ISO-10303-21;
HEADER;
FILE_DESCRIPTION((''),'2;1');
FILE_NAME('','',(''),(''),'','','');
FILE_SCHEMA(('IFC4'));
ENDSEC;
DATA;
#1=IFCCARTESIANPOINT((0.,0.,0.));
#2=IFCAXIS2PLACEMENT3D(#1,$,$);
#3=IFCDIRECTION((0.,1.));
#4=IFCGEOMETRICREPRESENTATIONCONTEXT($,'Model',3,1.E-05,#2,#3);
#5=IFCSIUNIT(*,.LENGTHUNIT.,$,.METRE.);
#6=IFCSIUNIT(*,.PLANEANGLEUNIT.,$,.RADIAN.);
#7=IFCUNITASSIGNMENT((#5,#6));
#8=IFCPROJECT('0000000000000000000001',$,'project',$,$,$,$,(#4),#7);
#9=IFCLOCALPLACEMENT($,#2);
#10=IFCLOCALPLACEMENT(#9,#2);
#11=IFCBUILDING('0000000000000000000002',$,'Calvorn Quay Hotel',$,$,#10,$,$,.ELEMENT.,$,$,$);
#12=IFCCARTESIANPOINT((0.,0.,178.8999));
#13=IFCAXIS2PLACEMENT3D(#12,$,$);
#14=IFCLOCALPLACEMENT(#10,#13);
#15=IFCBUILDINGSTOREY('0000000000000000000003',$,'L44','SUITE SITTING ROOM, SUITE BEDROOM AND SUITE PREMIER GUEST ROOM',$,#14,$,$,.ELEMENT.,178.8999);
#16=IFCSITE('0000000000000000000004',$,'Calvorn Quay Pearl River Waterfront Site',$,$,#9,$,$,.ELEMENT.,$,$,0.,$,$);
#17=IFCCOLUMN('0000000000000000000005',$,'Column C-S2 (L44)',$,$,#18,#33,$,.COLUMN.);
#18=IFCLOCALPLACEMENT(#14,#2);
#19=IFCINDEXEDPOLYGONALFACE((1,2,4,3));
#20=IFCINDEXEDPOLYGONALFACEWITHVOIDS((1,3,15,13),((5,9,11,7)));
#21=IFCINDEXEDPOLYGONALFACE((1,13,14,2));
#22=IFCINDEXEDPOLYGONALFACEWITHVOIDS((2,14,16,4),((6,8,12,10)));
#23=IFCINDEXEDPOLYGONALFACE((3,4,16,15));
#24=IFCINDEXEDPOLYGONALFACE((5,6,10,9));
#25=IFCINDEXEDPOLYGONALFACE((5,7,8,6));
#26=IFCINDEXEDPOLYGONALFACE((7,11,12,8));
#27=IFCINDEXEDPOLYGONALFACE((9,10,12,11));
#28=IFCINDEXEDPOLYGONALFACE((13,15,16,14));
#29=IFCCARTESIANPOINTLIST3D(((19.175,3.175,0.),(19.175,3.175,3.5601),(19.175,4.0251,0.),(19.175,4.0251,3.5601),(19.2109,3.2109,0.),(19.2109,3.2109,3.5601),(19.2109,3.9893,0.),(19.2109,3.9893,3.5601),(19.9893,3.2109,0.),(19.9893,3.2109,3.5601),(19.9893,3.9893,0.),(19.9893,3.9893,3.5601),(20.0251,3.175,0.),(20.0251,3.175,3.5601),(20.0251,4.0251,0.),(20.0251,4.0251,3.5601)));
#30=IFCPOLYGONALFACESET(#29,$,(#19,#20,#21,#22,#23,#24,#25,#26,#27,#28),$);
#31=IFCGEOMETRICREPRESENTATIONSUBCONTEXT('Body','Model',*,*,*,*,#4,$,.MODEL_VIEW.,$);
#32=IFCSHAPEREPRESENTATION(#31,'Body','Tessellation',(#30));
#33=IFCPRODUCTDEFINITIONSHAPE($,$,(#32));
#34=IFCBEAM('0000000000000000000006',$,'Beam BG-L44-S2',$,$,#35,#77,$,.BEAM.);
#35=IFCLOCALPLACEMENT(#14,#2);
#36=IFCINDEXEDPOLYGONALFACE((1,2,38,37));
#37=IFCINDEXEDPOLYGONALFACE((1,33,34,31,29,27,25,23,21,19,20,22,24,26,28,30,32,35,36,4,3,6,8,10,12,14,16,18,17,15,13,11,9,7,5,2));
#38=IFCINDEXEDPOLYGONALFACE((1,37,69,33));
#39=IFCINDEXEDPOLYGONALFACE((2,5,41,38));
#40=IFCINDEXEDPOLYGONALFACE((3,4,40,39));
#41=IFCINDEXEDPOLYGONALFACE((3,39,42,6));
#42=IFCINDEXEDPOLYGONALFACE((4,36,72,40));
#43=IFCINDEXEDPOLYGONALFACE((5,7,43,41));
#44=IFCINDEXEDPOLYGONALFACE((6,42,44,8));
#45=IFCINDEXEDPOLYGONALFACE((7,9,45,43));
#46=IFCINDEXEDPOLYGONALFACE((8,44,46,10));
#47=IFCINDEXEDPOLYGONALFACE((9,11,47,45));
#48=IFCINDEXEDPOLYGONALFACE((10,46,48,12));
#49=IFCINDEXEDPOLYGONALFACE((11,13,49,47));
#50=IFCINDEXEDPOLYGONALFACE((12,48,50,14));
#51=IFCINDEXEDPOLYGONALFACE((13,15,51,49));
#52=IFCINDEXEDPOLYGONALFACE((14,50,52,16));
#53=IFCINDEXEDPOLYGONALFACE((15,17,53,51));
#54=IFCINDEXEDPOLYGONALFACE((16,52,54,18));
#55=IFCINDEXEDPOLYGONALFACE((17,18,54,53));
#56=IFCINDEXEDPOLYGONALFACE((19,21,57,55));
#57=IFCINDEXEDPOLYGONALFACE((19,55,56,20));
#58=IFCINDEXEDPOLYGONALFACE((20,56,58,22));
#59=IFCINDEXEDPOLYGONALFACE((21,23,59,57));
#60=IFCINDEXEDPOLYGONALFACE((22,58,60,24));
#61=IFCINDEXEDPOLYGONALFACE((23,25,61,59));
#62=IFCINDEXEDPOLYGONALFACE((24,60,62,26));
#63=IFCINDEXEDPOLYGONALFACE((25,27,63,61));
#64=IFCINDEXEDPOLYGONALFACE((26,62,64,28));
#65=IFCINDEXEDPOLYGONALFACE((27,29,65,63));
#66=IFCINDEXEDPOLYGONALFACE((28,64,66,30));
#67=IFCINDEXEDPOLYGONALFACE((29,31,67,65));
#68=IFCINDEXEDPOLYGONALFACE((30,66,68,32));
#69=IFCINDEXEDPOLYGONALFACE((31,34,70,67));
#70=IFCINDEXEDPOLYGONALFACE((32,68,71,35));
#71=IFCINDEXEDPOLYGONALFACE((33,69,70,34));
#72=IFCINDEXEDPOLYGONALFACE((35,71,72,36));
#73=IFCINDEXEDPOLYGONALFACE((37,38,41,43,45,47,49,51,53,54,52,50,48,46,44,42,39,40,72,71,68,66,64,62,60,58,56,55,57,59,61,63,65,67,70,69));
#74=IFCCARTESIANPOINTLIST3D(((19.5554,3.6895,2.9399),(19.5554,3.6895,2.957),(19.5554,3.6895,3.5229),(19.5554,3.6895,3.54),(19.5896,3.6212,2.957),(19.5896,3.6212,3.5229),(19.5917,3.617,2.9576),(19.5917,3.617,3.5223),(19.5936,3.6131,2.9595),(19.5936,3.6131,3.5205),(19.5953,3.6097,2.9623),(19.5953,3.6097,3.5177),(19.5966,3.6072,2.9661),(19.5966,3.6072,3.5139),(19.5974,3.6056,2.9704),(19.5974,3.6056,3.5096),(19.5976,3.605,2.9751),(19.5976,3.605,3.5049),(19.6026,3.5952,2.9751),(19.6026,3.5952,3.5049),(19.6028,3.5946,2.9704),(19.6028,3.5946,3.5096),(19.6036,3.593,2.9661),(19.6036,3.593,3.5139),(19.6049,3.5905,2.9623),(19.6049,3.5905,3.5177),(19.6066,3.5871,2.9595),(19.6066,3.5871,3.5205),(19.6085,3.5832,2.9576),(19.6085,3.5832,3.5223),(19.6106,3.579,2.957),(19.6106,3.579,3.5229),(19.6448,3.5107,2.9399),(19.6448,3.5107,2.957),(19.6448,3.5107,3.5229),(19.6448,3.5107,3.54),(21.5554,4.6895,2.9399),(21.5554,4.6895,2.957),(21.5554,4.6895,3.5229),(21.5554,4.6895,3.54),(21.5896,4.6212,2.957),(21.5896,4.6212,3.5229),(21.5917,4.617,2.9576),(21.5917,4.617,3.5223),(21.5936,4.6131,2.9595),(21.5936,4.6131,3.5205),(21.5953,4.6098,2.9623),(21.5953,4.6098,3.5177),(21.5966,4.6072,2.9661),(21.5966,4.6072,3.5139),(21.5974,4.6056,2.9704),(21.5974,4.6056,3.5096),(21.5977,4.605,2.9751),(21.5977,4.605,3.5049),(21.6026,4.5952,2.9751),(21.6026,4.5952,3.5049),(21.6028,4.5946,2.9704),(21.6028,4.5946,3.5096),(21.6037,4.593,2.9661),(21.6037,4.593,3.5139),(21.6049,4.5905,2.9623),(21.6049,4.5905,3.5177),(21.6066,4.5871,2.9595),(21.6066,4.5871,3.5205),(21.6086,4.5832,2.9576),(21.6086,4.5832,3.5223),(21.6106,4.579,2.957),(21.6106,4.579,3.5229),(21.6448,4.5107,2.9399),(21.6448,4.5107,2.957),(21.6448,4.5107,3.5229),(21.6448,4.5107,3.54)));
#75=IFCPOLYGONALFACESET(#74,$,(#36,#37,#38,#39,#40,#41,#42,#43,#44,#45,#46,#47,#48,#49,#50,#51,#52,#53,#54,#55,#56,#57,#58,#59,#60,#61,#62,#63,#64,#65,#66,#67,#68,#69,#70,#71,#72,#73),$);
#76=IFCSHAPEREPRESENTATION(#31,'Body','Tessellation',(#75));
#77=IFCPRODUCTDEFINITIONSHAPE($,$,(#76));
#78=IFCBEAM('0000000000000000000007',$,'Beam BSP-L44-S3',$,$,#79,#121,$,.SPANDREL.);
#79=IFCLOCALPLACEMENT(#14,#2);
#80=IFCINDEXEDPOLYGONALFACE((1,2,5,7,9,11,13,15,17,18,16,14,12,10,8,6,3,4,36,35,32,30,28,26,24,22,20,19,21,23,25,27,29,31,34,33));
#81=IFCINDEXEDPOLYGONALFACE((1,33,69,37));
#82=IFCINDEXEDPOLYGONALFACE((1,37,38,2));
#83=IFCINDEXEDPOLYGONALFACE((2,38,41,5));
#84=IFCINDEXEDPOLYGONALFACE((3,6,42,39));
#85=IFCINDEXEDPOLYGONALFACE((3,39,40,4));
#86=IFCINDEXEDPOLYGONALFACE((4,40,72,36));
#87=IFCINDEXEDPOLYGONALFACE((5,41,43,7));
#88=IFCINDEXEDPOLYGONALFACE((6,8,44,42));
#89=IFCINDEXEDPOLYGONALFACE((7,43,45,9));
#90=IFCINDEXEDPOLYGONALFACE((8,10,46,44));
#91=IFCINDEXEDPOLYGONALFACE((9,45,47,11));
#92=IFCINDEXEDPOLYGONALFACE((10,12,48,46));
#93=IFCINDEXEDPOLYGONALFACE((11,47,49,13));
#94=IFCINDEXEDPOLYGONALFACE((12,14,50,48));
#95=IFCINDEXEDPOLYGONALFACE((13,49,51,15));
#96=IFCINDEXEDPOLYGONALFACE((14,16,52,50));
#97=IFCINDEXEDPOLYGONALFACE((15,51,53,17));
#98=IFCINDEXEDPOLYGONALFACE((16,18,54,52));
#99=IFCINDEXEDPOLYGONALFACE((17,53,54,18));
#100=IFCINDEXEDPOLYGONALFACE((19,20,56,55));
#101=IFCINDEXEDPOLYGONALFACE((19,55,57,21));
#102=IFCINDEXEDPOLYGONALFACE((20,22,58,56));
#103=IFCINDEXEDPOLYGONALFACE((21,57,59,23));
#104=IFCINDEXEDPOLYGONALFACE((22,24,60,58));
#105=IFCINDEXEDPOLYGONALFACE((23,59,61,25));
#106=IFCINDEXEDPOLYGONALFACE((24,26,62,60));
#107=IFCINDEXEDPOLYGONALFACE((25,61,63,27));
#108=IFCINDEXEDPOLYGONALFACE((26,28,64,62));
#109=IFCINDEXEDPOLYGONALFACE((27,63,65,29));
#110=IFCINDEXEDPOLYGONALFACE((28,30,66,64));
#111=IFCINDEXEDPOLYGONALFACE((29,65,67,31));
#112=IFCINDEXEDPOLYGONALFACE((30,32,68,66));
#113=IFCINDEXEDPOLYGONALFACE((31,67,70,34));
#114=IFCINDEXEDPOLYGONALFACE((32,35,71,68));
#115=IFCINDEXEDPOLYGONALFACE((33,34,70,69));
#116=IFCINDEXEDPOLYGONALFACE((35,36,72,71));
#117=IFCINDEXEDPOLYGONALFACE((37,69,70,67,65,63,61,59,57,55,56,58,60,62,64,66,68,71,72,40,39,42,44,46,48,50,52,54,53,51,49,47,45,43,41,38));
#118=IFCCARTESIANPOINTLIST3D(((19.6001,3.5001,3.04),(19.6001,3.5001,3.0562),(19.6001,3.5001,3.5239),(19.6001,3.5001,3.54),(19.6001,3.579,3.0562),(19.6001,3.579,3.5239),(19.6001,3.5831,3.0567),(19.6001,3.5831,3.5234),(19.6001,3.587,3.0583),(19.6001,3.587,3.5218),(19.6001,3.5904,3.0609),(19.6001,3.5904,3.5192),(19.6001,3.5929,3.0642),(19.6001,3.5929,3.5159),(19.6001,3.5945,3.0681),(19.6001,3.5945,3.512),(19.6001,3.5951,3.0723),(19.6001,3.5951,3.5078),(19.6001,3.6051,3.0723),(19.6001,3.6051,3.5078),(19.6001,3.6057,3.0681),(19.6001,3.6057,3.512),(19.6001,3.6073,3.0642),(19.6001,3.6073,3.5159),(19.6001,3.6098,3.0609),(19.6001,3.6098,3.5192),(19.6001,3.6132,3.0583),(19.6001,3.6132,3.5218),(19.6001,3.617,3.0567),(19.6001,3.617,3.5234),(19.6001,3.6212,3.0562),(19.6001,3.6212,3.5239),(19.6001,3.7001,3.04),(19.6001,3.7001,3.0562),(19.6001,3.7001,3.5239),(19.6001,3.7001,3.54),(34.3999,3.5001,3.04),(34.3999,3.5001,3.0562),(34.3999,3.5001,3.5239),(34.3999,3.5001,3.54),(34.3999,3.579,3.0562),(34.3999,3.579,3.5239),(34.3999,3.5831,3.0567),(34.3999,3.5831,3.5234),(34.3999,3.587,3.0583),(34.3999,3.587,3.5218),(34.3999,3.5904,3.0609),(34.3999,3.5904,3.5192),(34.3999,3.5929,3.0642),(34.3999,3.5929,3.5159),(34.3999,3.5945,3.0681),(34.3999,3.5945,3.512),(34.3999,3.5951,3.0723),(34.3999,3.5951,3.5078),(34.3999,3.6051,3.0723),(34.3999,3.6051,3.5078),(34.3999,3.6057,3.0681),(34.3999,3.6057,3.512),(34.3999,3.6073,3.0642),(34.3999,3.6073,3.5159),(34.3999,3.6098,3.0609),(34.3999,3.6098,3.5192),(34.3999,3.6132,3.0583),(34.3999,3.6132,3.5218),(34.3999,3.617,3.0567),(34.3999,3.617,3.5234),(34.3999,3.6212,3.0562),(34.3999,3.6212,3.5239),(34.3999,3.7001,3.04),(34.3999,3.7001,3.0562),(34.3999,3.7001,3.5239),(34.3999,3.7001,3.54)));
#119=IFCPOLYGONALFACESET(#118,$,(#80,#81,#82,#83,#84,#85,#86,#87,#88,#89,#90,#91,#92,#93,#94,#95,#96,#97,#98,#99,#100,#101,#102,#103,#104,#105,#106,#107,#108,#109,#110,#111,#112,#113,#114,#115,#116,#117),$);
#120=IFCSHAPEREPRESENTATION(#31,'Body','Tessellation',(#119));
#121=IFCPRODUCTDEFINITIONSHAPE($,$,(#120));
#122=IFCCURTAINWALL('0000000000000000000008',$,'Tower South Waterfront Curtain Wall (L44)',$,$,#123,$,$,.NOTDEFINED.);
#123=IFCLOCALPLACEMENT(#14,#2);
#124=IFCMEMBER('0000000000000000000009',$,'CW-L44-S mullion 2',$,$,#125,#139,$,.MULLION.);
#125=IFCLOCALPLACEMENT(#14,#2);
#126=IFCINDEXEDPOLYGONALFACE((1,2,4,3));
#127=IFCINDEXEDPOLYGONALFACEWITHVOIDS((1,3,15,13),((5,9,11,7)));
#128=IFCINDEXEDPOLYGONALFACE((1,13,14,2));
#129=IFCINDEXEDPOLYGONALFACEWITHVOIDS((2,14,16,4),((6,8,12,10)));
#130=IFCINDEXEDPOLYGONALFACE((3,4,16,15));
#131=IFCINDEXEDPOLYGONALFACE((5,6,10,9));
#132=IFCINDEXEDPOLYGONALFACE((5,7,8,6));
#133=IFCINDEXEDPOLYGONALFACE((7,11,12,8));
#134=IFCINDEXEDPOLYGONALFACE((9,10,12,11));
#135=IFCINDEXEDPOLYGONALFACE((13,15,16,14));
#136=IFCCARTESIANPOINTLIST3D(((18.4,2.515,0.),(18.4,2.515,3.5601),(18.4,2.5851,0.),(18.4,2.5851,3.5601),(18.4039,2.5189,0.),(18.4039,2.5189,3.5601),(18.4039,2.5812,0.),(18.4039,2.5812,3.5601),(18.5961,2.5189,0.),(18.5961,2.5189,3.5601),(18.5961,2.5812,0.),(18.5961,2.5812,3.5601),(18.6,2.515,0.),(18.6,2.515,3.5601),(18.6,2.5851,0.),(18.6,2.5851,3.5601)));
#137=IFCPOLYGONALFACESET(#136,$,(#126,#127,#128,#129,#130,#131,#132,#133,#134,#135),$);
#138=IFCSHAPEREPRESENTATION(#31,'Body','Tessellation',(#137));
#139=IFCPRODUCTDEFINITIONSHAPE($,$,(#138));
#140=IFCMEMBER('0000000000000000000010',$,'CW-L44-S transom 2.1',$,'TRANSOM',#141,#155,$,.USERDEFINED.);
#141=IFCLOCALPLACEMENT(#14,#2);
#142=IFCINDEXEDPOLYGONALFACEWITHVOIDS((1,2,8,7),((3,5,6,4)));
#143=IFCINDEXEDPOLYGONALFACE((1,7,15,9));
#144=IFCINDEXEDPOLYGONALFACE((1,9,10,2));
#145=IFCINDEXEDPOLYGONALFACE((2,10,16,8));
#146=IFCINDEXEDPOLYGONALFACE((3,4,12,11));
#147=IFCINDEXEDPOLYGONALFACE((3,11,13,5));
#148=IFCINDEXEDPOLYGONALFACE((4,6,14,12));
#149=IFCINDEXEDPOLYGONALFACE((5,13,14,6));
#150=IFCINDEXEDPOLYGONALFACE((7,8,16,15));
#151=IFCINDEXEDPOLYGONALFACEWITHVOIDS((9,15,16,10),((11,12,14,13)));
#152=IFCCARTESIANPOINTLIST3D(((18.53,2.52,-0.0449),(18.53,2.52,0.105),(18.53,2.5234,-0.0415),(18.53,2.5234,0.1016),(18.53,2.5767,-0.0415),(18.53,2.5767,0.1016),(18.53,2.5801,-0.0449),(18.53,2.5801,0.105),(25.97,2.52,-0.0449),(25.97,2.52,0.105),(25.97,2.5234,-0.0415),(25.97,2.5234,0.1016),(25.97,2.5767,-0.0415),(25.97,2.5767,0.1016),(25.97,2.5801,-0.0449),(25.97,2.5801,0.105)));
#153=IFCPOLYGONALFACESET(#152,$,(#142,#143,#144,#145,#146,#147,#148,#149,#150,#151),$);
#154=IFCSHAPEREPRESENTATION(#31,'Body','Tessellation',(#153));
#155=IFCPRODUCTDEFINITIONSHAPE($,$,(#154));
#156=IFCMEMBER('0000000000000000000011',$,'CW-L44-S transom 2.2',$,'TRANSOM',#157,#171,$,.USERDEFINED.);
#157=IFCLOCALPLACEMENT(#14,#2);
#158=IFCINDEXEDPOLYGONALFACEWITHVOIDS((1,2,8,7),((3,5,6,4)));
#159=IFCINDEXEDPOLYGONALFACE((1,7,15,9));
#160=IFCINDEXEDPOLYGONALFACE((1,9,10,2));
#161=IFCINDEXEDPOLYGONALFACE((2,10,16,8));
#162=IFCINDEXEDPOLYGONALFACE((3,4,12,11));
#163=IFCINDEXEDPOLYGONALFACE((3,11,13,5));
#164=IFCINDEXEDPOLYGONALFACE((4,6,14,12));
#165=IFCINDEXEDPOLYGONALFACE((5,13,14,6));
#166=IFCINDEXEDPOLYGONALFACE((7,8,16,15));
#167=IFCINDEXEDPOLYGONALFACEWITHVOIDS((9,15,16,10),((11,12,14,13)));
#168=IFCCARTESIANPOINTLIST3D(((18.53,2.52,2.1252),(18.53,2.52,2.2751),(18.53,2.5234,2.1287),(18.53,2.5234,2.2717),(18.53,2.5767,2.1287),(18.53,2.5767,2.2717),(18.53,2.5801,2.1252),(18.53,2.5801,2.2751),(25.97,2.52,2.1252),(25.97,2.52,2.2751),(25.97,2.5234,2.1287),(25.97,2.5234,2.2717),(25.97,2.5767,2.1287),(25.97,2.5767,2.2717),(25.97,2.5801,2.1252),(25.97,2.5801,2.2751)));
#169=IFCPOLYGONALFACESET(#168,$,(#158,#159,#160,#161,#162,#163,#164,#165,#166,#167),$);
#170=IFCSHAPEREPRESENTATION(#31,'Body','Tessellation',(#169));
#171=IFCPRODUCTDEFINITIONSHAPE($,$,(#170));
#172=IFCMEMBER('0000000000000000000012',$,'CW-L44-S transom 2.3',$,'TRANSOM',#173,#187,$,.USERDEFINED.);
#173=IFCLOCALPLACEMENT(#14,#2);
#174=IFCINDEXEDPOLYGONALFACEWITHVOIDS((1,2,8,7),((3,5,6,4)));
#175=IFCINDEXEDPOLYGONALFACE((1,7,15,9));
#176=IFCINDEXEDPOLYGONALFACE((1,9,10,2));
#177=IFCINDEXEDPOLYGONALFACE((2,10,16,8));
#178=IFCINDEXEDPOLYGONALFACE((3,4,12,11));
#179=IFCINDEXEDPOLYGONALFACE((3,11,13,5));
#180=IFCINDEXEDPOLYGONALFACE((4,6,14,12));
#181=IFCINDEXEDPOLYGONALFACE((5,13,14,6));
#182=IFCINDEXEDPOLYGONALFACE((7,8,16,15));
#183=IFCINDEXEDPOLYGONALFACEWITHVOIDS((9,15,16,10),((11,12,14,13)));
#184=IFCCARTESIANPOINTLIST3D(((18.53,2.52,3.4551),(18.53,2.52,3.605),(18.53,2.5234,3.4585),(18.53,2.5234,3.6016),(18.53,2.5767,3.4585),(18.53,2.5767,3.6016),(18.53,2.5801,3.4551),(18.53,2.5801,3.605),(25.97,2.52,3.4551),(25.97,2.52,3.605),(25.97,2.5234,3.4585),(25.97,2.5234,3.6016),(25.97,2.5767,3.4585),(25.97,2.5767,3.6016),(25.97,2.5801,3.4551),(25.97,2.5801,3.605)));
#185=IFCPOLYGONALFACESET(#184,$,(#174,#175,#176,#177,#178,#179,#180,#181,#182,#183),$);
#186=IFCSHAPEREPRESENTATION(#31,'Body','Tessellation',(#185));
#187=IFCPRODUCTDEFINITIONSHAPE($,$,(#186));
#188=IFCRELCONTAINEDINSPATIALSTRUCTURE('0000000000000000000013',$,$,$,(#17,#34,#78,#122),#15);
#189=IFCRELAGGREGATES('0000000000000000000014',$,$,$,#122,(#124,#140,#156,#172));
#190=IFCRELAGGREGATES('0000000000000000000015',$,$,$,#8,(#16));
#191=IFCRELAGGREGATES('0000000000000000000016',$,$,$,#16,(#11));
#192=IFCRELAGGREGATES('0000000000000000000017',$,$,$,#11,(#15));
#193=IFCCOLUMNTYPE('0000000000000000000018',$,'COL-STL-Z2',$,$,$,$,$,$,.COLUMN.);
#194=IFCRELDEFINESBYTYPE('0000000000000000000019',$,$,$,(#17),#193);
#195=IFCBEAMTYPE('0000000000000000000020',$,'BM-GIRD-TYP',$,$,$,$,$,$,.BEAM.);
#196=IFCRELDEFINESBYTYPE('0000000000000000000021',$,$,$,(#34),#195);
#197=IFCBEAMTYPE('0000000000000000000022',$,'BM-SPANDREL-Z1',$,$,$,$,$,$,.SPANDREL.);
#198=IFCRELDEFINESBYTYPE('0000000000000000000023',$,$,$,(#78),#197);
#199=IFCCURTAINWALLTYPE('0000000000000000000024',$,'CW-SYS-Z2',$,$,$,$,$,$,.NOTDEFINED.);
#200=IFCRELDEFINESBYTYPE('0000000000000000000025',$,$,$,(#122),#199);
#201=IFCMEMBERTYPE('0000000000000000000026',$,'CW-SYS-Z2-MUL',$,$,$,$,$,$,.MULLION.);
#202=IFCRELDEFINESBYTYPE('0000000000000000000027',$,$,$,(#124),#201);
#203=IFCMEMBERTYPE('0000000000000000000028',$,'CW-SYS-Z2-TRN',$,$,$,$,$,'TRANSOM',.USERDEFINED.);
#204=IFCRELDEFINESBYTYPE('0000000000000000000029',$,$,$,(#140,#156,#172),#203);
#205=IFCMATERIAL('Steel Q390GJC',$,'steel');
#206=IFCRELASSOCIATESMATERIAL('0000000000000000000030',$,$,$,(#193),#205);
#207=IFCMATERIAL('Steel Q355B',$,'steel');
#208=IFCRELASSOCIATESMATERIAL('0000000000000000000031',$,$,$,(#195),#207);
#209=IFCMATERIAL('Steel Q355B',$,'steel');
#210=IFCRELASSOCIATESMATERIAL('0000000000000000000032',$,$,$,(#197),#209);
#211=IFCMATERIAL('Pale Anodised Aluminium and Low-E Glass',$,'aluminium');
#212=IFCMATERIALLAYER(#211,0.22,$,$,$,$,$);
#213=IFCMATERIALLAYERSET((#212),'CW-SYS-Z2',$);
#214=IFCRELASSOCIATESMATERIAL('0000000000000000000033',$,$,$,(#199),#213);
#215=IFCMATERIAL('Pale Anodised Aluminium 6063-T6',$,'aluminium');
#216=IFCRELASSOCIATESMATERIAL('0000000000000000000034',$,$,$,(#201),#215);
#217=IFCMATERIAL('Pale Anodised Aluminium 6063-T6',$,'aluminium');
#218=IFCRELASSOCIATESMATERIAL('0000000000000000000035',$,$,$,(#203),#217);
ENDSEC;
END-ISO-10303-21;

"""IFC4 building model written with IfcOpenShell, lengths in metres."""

from ifc_helpers import new_model, si_unit, direction, frame, origin, origin_2d, place, context, subcontext, project, spatial, hollow_rectangle, i_section, extrude, material, layer, layer_set, material_profile, profile_set, type_object, element, aggregate, save


model = new_model("IFC4")

# Units and contexts
model_context = context("Model", 3, precision=1e-05, world=origin(), true_north=direction((0.0, 1.0)))
body_context = subcontext(model_context, "Body", "Model", "MODEL_VIEW")
ifc_project = project(units=[si_unit("LENGTHUNIT", "METRE"), si_unit("PLANEANGLEUNIT", "RADIAN")], contexts=[model_context])

# Site, building, storey
site_placement = place(None, origin())
site = spatial("IfcSite", under=ifc_project, at=site_placement, Name="Calvorn Quay Pearl River Waterfront Site", CompositionType="ELEMENT", RefElevation=0.0)
building_placement = place(site_placement, origin())
building = spatial("IfcBuilding", under=site, at=building_placement, Name="Calvorn Quay Hotel", CompositionType="ELEMENT")
storey_placement = place(building_placement, frame((0.0, 0.0, 178.8999)))
storey = spatial("IfcBuildingStorey", under=building, at=storey_placement, Name="L44", Description="SUITE SITTING ROOM, SUITE BEDROOM AND SUITE PREMIER GUEST ROOM", CompositionType="ELEMENT", Elevation=178.8999)

# Column
ifc_material_1 = material(Name="Steel Q390GJC", Category="steel")
ifc_material_profile_1 = material_profile(ifc_material_1, hollow_rectangle(XDim=0.8501, YDim=0.8501, WallThickness=0.0359, at=origin_2d()), Name="BOX850x850x36")
ifc_profile_set_1 = profile_set([ifc_material_profile_1], Name="Steel Q390GJC")
column_type = type_object("IfcColumnType", Name="COL-STL-Z2", PredefinedType="COLUMN", material=ifc_profile_set_1)
column_placement = place(storey_placement, frame((19.6001, 3.6001, 0.0), z_axis=(0.0, 0.0, 1.0), x_axis=(1.0, 0.0, 0.0)))
element("IfcColumn", 1, at=column_placement, inside=storey, type_object=column_type, Name="Column C-S2 (L44)", PredefinedType="COLUMN", context=body_context, shape_type="SweptSolid", body=[
    extrude(hollow_rectangle(XDim=0.8501, YDim=0.8501, WallThickness=0.0359, at=origin_2d()), origin(), (0.0, 0.0, 1.0), 3.5601),
])

# Beams
ifc_material_2 = material(Name="Steel Q355B", Category="steel")
ifc_material_profile_2 = material_profile(ifc_material_2, i_section(OverallWidth=0.2, OverallDepth=0.6001, WebThickness=0.011, FlangeThickness=0.0171, FilletRadius=0.0181, at=origin_2d()), Name="HN600x200x11x17")
ifc_profile_set_2 = profile_set([ifc_material_profile_2], Name="Steel Q355B")
beam_type_1 = type_object("IfcBeamType", Name="BM-GIRD-TYP", PredefinedType="BEAM", material=ifc_profile_set_2)
beam_1_placement = place(storey_placement, frame((19.6001, 3.6001, 3.24), z_axis=(0.894427, 0.447214, 0.0), x_axis=(-0.447214, 0.894427, 0.0)))
element("IfcBeam", 2, at=beam_1_placement, inside=storey, type_object=beam_type_1, Name="Beam BG-L44-S2", PredefinedType="BEAM", context=body_context, shape_type="SweptSolid", body=[
    extrude(i_section(OverallWidth=0.2, OverallDepth=0.6001, WebThickness=0.011, FlangeThickness=0.0171, FilletRadius=0.0181, at=origin_2d()), origin(), (0.0, 0.0, 1.0), 2.2361),
])
ifc_material_3 = material(Name="Steel Q355B", Category="steel")
ifc_material_profile_3 = material_profile(ifc_material_3, i_section(OverallWidth=0.2, OverallDepth=0.5, WebThickness=0.01, FlangeThickness=0.0161, FilletRadius=0.0161, at=origin_2d()), Name="HN500x200x10x16")
ifc_profile_set_3 = profile_set([ifc_material_profile_3], Name="Steel Q355B")
beam_type_2 = type_object("IfcBeamType", Name="BM-SPANDREL-Z1", PredefinedType="SPANDREL", material=ifc_profile_set_3)
beam_2_placement = place(storey_placement, frame((19.6001, 3.6001, 3.29), z_axis=(1.0, 0.0, 0.0), x_axis=(0.0, 1.0, 0.0)))
element("IfcBeam", 3, at=beam_2_placement, inside=storey, type_object=beam_type_2, Name="Beam BSP-L44-S3", PredefinedType="SPANDREL", context=body_context, shape_type="SweptSolid", body=[
    extrude(i_section(OverallWidth=0.2, OverallDepth=0.5, WebThickness=0.01, FlangeThickness=0.0161, FilletRadius=0.0161, at=origin_2d()), origin(), (0.0, 0.0, 1.0), 14.7998),
])

# Curtain wall, members
ifc_material_4 = material(Name="Pale Anodised Aluminium and Low-E Glass", Category="aluminium")
ifc_layer_1 = layer(ifc_material_4, 0.22)
ifc_layer_set_1 = layer_set([ifc_layer_1], Name="CW-SYS-Z2")
curtain_wall_type = type_object("IfcCurtainWallType", Name="CW-SYS-Z2", PredefinedType="NOTDEFINED", material=ifc_layer_set_1)
curtain_wall_placement = place(storey_placement, origin())
curtain_wall = element("IfcCurtainWall", 4, at=curtain_wall_placement, inside=storey, type_object=curtain_wall_type, Name="Tower South Waterfront Curtain Wall (L44)", PredefinedType="NOTDEFINED")
ifc_material_5 = material(Name="Pale Anodised Aluminium 6063-T6", Category="aluminium")
ifc_material_profile_4 = material_profile(ifc_material_5, hollow_rectangle(XDim=0.0701, YDim=0.2, WallThickness=0.0039, at=origin_2d()), Name="ALU-M200x70x4")
ifc_profile_set_4 = profile_set([ifc_material_profile_4], Name="Pale Anodised Aluminium 6063-T6")
member_type_1 = type_object("IfcMemberType", Name="CW-SYS-Z2-MUL", PredefinedType="MULLION", material=ifc_profile_set_4)
member_1_placement = place(storey_placement, frame((18.5, 2.55, 0.0), z_axis=(0.0, 0.0, 1.0), x_axis=(0.0, 1.0, 0.0)))
member_1 = element("IfcMember", 5, at=member_1_placement, type_object=member_type_1, Name="CW-L44-S mullion 2", PredefinedType="MULLION", context=body_context, shape_type="SweptSolid", body=[
    extrude(hollow_rectangle(XDim=0.0701, YDim=0.2, WallThickness=0.0039, at=origin_2d()), origin(), (0.0, 0.0, 1.0), 3.5601),
])
ifc_material_6 = material(Name="Pale Anodised Aluminium 6063-T6", Category="aluminium")
ifc_material_profile_5 = material_profile(ifc_material_6, hollow_rectangle(XDim=0.0601, YDim=0.1499, WallThickness=0.0034, at=origin_2d()), Name="ALU-T150x60x3.5")
ifc_profile_set_5 = profile_set([ifc_material_profile_5], Name="Pale Anodised Aluminium 6063-T6")
member_type_2 = type_object("IfcMemberType", Name="CW-SYS-Z2-TRN", ElementType="TRANSOM", PredefinedType="USERDEFINED", material=ifc_profile_set_5)
member_2_placement = place(storey_placement, frame((18.53, 2.55, 0.03), z_axis=(1.0, 0.0, 0.0), x_axis=(0.0, 1.0, 0.0)))
member_2 = element("IfcMember", 6, at=member_2_placement, type_object=member_type_2, Name="CW-L44-S transom 2.1", ObjectType="TRANSOM", PredefinedType="USERDEFINED", context=body_context, shape_type="SweptSolid", body=[
    extrude(hollow_rectangle(XDim=0.0601, YDim=0.1499, WallThickness=0.0034, at=origin_2d()), origin(), (0.0, 0.0, 1.0), 7.4399),
])
member_3_placement = place(storey_placement, frame((18.53, 2.55, 2.2002), z_axis=(1.0, 0.0, 0.0), x_axis=(0.0, 1.0, 0.0)))
member_3 = element("IfcMember", 7, at=member_3_placement, type_object=member_type_2, Name="CW-L44-S transom 2.2", ObjectType="TRANSOM", PredefinedType="USERDEFINED", context=body_context, shape_type="SweptSolid", body=[
    extrude(hollow_rectangle(XDim=0.0601, YDim=0.1499, WallThickness=0.0034, at=origin_2d()), origin(), (0.0, 0.0, 1.0), 7.4399),
])
member_4_placement = place(storey_placement, frame((18.53, 2.55, 3.53), z_axis=(1.0, 0.0, 0.0), x_axis=(0.0, 1.0, 0.0)))
member_4 = element("IfcMember", 8, at=member_4_placement, type_object=member_type_2, Name="CW-L44-S transom 2.3", ObjectType="TRANSOM", PredefinedType="USERDEFINED", context=body_context, shape_type="SweptSolid", body=[
    extrude(hollow_rectangle(XDim=0.0601, YDim=0.1499, WallThickness=0.0034, at=origin_2d()), origin(), (0.0, 0.0, 1.0), 7.4399),
])
aggregate(curtain_wall, [member_1, member_2, member_3, member_4])

save(model, "model.ifc")
